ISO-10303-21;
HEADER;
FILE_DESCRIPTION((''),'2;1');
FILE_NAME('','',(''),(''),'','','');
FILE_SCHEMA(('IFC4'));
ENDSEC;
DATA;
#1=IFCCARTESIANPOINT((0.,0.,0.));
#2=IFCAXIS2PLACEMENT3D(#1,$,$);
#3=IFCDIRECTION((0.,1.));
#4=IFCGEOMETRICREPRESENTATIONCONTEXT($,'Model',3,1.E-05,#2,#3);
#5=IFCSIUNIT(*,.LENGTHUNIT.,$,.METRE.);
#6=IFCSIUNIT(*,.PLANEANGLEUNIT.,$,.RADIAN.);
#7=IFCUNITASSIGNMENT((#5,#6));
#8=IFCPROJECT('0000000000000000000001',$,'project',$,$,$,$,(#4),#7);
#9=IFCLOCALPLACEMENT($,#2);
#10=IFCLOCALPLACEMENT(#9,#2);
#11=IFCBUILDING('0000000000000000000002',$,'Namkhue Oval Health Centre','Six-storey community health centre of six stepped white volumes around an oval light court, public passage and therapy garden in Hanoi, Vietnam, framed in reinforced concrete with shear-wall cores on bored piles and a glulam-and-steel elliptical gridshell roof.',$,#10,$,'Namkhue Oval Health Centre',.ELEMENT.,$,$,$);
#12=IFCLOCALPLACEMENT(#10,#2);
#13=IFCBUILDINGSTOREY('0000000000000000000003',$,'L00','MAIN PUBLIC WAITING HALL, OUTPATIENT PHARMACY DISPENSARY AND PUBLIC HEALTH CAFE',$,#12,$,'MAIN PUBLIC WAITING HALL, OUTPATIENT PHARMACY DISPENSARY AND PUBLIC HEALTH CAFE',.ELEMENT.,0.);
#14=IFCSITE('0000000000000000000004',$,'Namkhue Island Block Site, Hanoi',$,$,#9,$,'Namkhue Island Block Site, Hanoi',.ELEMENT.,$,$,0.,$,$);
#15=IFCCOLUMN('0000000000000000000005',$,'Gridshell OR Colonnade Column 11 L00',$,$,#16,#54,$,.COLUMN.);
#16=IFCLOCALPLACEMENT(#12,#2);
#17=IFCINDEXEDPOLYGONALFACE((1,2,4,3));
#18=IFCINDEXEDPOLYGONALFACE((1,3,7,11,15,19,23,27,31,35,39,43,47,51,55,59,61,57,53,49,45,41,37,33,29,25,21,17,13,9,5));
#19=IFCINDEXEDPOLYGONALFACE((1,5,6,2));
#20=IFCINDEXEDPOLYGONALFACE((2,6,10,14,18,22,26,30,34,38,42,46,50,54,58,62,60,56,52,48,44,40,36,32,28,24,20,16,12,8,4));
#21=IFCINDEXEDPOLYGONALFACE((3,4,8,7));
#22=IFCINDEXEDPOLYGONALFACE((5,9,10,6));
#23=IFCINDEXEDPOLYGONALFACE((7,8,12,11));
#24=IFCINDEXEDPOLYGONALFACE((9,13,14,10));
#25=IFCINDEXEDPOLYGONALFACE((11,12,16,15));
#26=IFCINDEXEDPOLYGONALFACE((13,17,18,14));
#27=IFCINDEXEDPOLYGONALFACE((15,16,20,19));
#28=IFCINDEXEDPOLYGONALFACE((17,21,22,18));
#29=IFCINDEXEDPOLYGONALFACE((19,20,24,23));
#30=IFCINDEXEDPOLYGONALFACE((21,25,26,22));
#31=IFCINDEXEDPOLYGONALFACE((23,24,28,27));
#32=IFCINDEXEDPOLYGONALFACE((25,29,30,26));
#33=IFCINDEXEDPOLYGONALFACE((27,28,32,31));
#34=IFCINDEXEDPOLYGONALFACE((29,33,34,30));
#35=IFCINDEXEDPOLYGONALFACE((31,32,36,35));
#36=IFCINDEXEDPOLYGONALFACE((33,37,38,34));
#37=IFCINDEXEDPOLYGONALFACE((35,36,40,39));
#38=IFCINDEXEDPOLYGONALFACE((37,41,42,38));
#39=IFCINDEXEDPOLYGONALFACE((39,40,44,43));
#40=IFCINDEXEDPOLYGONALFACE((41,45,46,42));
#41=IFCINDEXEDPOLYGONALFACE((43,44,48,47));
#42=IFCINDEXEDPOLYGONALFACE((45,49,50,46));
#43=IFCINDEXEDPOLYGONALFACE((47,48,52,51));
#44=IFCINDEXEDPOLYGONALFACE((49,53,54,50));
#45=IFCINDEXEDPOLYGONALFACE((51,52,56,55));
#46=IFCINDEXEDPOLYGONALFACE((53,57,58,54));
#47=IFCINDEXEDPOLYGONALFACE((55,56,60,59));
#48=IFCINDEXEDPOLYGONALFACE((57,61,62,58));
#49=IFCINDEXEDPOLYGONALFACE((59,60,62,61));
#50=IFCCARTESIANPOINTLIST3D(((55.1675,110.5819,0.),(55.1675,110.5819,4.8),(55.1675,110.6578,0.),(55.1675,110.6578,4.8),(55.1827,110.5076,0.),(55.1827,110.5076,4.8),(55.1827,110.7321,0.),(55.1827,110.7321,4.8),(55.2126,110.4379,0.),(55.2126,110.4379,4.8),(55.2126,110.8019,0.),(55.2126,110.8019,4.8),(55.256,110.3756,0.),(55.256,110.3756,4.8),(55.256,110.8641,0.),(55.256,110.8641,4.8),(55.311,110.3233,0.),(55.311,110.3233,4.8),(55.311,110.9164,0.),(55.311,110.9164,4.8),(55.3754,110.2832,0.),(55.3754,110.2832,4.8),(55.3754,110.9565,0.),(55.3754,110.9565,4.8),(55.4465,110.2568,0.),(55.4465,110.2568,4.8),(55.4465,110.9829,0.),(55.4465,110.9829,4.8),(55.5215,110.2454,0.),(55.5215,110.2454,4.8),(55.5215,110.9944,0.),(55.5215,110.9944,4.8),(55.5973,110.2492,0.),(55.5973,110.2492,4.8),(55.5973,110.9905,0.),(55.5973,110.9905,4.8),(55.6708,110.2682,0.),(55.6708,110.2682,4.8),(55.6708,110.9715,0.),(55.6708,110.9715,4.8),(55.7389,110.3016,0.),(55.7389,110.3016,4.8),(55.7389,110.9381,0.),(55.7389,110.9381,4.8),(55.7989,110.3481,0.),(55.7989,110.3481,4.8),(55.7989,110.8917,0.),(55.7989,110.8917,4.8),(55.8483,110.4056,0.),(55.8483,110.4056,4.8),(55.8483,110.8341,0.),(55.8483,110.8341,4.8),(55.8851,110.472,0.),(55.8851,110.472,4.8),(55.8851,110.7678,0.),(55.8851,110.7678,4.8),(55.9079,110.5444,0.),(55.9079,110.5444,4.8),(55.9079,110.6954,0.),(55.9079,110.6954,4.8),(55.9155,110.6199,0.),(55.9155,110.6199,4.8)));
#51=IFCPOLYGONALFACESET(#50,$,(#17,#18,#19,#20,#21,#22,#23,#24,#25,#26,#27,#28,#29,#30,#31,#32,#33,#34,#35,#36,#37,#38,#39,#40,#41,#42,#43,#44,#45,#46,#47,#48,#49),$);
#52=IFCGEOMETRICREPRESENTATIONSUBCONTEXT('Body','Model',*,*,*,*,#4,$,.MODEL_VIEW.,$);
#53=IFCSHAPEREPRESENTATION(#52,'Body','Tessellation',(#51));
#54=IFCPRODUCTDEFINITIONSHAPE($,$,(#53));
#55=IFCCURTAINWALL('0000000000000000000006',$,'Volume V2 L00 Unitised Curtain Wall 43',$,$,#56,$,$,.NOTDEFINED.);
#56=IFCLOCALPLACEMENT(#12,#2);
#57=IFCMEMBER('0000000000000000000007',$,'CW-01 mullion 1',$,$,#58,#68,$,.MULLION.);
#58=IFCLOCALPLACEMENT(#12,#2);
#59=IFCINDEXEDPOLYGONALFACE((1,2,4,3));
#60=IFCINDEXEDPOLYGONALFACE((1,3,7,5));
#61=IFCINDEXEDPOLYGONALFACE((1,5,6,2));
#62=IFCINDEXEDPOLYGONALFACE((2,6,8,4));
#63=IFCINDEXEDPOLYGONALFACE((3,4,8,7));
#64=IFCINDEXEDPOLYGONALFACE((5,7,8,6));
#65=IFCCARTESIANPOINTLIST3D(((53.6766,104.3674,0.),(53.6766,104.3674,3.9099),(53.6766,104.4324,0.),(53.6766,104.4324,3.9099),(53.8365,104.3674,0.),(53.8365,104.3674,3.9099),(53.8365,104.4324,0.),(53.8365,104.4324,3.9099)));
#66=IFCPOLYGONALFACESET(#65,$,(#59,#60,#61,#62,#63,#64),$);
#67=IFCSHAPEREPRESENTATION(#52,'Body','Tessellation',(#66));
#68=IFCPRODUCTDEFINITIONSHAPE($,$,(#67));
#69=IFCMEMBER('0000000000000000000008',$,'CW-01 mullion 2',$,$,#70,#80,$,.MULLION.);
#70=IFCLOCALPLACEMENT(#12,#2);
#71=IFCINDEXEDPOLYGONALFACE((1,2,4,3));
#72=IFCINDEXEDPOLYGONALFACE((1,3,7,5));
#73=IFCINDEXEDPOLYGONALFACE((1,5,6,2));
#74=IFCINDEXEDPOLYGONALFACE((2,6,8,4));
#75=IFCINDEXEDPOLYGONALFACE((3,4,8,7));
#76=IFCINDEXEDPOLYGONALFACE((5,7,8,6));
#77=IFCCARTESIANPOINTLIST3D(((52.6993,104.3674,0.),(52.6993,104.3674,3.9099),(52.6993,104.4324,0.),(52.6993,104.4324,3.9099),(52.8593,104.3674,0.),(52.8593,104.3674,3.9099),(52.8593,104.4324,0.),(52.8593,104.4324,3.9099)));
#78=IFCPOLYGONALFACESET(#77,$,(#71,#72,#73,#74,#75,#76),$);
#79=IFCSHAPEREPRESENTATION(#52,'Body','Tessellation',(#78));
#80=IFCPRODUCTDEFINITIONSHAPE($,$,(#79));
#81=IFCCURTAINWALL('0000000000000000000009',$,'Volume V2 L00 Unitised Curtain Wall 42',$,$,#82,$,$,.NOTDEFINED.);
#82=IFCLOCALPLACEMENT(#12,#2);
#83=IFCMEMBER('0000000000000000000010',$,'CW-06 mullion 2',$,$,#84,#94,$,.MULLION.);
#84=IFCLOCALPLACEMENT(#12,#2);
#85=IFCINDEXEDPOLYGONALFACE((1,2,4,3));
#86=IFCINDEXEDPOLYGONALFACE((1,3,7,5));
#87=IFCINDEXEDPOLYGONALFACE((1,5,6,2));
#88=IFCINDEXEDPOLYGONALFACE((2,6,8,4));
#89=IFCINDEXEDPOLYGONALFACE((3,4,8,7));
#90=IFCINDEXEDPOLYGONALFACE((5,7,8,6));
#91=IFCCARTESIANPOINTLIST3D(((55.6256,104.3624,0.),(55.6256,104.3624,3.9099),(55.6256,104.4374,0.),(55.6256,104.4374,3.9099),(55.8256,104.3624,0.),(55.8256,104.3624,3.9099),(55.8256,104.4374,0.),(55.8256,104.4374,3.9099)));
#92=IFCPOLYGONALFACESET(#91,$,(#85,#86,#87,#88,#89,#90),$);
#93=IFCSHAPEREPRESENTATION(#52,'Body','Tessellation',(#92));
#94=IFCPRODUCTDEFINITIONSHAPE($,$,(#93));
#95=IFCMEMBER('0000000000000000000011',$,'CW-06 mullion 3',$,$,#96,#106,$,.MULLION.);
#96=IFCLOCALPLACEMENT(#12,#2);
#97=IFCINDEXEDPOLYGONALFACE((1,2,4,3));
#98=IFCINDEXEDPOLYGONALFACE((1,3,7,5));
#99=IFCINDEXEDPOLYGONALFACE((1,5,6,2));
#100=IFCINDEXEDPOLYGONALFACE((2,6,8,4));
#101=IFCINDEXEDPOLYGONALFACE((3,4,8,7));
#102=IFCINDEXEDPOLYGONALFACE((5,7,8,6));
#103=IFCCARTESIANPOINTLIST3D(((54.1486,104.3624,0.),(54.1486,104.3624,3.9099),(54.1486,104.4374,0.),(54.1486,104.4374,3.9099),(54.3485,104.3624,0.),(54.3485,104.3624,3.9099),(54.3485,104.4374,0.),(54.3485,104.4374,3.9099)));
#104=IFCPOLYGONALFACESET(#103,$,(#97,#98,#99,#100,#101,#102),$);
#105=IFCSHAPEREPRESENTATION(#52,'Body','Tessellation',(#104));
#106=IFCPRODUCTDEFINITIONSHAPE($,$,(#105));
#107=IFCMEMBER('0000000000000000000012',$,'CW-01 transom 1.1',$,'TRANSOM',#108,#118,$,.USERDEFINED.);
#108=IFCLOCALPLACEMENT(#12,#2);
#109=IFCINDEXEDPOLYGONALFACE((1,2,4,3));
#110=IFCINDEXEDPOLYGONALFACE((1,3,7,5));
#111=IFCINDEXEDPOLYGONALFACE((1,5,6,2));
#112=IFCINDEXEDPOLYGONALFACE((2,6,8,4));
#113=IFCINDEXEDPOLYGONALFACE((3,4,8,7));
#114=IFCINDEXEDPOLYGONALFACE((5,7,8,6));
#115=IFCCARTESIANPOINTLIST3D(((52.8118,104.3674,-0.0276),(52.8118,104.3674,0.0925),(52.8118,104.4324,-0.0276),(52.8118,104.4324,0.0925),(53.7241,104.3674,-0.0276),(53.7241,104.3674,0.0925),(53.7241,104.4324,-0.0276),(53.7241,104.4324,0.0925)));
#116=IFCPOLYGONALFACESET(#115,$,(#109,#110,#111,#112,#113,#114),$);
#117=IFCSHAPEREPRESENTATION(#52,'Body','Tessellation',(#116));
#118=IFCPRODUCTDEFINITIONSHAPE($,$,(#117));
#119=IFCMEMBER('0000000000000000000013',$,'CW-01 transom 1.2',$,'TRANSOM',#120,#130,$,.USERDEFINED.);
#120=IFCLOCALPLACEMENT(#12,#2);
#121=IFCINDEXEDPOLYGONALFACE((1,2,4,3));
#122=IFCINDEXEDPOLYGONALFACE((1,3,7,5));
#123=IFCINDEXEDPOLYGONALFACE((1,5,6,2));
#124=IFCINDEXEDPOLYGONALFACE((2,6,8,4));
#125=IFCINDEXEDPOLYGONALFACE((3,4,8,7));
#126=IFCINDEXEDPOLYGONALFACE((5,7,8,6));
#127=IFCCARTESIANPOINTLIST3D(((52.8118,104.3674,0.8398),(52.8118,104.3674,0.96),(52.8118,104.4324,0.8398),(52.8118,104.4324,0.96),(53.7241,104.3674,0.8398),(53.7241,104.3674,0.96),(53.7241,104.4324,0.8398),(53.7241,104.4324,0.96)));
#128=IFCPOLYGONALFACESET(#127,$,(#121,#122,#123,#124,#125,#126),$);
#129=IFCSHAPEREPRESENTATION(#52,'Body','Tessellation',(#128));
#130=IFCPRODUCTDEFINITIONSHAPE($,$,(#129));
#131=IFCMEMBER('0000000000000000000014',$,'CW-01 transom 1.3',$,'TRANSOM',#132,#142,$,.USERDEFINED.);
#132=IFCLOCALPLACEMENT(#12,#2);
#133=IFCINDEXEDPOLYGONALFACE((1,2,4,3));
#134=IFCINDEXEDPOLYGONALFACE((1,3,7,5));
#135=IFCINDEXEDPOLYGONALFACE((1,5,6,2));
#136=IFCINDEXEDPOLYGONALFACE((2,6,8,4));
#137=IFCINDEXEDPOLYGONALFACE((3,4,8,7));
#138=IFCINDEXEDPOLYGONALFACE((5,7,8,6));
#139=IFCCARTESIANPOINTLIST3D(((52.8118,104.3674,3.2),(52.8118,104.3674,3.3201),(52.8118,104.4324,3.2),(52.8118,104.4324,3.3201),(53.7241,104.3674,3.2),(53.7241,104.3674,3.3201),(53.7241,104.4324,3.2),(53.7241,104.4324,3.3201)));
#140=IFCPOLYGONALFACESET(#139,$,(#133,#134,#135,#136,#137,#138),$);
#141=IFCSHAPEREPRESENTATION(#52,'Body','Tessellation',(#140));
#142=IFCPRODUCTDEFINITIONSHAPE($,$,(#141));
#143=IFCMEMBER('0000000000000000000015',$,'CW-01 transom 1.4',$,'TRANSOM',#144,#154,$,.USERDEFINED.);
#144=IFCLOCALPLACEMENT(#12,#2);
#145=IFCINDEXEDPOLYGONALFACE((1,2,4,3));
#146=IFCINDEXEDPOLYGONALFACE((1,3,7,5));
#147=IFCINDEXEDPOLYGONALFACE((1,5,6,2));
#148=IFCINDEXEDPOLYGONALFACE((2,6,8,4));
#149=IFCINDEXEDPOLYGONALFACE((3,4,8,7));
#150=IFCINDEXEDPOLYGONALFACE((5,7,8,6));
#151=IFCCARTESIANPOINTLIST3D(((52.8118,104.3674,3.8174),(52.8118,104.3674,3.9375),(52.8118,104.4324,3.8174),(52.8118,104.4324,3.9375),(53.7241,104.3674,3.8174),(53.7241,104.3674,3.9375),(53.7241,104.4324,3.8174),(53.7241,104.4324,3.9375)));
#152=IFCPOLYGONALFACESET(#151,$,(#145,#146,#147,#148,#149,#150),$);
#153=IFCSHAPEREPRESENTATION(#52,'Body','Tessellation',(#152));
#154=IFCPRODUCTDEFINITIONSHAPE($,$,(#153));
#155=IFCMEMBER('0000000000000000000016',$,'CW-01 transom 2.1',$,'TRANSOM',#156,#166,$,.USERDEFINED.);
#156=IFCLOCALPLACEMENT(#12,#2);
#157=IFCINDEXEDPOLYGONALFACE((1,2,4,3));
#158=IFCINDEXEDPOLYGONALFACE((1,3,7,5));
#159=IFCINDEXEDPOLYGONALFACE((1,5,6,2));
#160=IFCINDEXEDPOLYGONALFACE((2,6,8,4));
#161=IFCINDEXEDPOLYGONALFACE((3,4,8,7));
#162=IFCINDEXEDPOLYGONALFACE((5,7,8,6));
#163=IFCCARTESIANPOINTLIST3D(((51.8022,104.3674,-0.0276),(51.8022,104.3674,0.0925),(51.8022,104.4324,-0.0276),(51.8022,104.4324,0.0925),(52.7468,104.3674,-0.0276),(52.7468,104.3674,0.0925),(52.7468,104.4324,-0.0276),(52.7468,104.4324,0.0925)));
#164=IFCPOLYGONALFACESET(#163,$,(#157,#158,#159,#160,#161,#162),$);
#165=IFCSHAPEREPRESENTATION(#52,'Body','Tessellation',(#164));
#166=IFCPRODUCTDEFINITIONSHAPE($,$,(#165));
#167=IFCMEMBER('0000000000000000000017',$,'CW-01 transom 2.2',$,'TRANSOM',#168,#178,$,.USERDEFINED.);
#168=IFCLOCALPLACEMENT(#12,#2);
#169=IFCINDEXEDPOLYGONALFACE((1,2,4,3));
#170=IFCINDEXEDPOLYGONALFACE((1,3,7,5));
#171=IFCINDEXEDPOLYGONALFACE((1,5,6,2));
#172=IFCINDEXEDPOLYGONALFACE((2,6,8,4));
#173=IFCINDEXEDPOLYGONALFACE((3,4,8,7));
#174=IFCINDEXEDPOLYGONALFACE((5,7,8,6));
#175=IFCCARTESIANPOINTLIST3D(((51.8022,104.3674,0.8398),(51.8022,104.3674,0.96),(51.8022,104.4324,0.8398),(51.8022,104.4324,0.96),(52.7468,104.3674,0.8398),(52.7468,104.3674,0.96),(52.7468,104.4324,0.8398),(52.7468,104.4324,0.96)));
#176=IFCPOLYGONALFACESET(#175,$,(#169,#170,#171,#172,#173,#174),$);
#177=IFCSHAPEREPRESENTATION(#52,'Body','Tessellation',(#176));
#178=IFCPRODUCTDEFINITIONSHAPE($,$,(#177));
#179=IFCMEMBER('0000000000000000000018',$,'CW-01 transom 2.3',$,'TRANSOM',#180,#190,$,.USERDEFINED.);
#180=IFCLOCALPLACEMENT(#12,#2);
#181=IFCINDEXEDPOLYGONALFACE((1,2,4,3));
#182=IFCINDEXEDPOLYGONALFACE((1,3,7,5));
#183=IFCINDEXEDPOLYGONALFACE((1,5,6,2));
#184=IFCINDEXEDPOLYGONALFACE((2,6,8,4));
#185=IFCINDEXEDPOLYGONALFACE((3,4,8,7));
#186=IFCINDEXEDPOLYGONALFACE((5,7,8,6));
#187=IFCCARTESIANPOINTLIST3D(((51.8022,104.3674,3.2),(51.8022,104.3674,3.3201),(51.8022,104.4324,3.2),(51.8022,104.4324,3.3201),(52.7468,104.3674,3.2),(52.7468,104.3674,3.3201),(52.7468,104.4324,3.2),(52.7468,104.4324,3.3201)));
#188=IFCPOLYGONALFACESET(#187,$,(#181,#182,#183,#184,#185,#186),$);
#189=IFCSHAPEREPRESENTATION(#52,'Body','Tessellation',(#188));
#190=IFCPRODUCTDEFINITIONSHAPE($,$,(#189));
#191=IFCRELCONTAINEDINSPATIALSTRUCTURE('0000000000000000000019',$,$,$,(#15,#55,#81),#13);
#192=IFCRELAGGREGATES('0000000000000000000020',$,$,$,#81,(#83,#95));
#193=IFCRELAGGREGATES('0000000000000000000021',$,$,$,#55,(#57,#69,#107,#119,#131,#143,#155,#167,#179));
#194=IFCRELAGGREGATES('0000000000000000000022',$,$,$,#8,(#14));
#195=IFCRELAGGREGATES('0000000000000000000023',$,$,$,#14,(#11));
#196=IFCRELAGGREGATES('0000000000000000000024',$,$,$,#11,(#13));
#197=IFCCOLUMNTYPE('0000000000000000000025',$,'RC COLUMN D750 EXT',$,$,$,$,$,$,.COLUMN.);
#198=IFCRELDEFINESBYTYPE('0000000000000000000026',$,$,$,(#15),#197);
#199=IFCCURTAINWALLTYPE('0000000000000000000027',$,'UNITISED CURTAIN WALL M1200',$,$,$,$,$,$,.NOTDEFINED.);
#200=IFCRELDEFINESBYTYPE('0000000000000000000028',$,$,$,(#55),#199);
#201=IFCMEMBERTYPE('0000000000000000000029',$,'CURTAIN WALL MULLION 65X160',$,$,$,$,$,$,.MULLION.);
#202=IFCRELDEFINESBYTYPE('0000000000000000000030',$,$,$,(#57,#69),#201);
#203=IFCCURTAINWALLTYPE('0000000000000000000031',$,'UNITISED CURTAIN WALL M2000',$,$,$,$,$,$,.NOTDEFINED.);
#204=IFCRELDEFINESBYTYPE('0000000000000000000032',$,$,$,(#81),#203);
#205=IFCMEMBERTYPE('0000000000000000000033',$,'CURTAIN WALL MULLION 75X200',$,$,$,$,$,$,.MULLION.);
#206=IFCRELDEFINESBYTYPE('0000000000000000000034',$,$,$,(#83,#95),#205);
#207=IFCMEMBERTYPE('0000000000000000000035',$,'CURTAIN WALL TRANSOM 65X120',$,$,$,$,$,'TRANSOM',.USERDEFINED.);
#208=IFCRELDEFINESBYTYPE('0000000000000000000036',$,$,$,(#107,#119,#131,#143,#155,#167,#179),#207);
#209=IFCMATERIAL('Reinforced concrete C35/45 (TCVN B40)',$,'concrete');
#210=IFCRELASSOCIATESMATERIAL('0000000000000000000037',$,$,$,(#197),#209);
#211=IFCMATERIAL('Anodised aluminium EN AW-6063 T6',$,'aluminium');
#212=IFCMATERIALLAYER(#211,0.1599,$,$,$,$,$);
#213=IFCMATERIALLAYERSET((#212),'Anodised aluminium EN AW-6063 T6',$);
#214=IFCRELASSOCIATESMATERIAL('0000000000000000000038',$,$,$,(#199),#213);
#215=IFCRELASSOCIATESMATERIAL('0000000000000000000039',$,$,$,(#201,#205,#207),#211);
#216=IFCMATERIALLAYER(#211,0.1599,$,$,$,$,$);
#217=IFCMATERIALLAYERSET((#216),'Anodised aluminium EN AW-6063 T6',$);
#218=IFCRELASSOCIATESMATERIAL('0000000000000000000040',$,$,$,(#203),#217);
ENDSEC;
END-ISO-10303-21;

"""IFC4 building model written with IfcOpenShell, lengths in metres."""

from ifc_helpers import new_model, si_unit, direction, frame, origin, origin_2d, place, context, subcontext, project, spatial, rectangle, circle, extrude, material, layer, layer_set, material_profile, profile_set, type_object, element, aggregate, save


model = new_model("IFC4")

# Units and contexts
model_context = context("Model", 3, precision=1e-05, world=origin(), true_north=direction((0.0, 1.0)))
body_context = subcontext(model_context, "Body", "Model", "MODEL_VIEW")
ifc_project = project(units=[si_unit("LENGTHUNIT", "METRE"), si_unit("PLANEANGLEUNIT", "RADIAN")], contexts=[model_context])

# Site, building, storey
site_placement = place(None, origin())
site = spatial("IfcSite", under=ifc_project, at=site_placement, Name="Namkhue Island Block Site, Hanoi", LongName="Namkhue Island Block Site, Hanoi", CompositionType="ELEMENT", RefElevation=0.0)
building_placement = place(site_placement, origin())
building = spatial("IfcBuilding", under=site, at=building_placement, Name="Namkhue Oval Health Centre", Description="Six-storey community health centre of six stepped white volumes around an oval light court, public passage and therapy garden in Hanoi, Vietnam, framed in reinforced concrete with shear-wall cores on bored piles and a glulam-and-steel elliptical gridshell roof.", LongName="Namkhue Oval Health Centre", CompositionType="ELEMENT")
storey_placement = place(building_placement, origin())
storey = spatial("IfcBuildingStorey", under=building, at=storey_placement, Name="L00", Description="MAIN PUBLIC WAITING HALL, OUTPATIENT PHARMACY DISPENSARY AND PUBLIC HEALTH CAFE", LongName="MAIN PUBLIC WAITING HALL, OUTPATIENT PHARMACY DISPENSARY AND PUBLIC HEALTH CAFE", CompositionType="ELEMENT", Elevation=0.0)

# Column
ifc_material_1 = material(Name="Reinforced concrete C35/45 (TCVN B40)", Category="concrete")
ifc_material_profile_1 = material_profile(ifc_material_1, circle(Radius=0.375, at=origin_2d()), Name="RC D750")
ifc_profile_set_1 = profile_set([ifc_material_profile_1], Name="Reinforced concrete C35/45 (TCVN B40)")
column_type_1 = type_object("IfcColumnType", Name="RC COLUMN D750 EXT", PredefinedType="COLUMN", material=ifc_profile_set_1)
column_1_placement = place(storey_placement, frame((55.5405, 110.6199, 0.0), z_axis=(0.0, 0.0, 1.0), x_axis=(1.0, 0.0, 0.0)))
element("IfcColumn", 1, at=column_1_placement, inside=storey, type_object=column_type_1, Name="Gridshell OR Colonnade Column 11 L00", PredefinedType="COLUMN", context=body_context, shape_type="SweptSolid", body=[
    extrude(circle(Radius=0.375, at=origin_2d()), origin(), (0.0, 0.0, 1.0), 4.8),
])

# Curtain walls, members
ifc_material_2 = material(Name="Anodised aluminium EN AW-6063 T6", Category="aluminium")
ifc_layer_1 = layer(ifc_material_2, 0.1599)
ifc_layer_set_1 = layer_set([ifc_layer_1], Name="Anodised aluminium EN AW-6063 T6")
curtain_wall_type_1 = type_object("IfcCurtainWallType", Name="UNITISED CURTAIN WALL M1200", PredefinedType="NOTDEFINED", material=ifc_layer_set_1)
curtain_wall_1_placement = place(storey_placement, origin())
curtain_wall_1 = element("IfcCurtainWall", 2, at=curtain_wall_1_placement, inside=storey, type_object=curtain_wall_type_1, Name="Volume V2 L00 Unitised Curtain Wall 43", PredefinedType="NOTDEFINED")
ifc_material_profile_2 = material_profile(ifc_material_2, rectangle(XDim=0.0649, YDim=0.1599, at=origin_2d()), Name="ALU 65x160")
ifc_profile_set_2 = profile_set([ifc_material_profile_2], Name="Anodised aluminium EN AW-6063 T6")
member_type_1 = type_object("IfcMemberType", Name="CURTAIN WALL MULLION 65X160", PredefinedType="MULLION", material=ifc_profile_set_2)
member_1_placement = place(storey_placement, frame((53.7566, 104.3999, 0.0), z_axis=(0.0, 0.0, 1.0), x_axis=(0.0, -1.0, 0.0)))
member_1 = element("IfcMember", 3, at=member_1_placement, type_object=member_type_1, Name="CW-01 mullion 1", PredefinedType="MULLION", context=body_context, shape_type="SweptSolid", body=[
    extrude(rectangle(XDim=0.0649, YDim=0.1599, at=origin_2d()), origin(), (0.0, 0.0, 1.0), 3.9099),
])
member_2_placement = place(storey_placement, frame((52.7793, 104.3999, 0.0), z_axis=(0.0, 0.0, 1.0), x_axis=(0.0, -1.0, 0.0)))
member_2 = element("IfcMember", 4, at=member_2_placement, type_object=member_type_1, Name="CW-01 mullion 2", PredefinedType="MULLION", context=body_context, shape_type="SweptSolid", body=[
    extrude(rectangle(XDim=0.0649, YDim=0.1599, at=origin_2d()), origin(), (0.0, 0.0, 1.0), 3.9099),
])
ifc_layer_2 = layer(ifc_material_2, 0.1599)
ifc_layer_set_2 = layer_set([ifc_layer_2], Name="Anodised aluminium EN AW-6063 T6")
curtain_wall_type_2 = type_object("IfcCurtainWallType", Name="UNITISED CURTAIN WALL M2000", PredefinedType="NOTDEFINED", material=ifc_layer_set_2)
curtain_wall_2_placement = place(storey_placement, origin())
curtain_wall_2 = element("IfcCurtainWall", 5, at=curtain_wall_2_placement, inside=storey, type_object=curtain_wall_type_2, Name="Volume V2 L00 Unitised Curtain Wall 42", PredefinedType="NOTDEFINED")
ifc_material_profile_3 = material_profile(ifc_material_2, rectangle(XDim=0.075, YDim=0.2, at=origin_2d()), Name="ALU 75x200")
ifc_profile_set_3 = profile_set([ifc_material_profile_3], Name="Anodised aluminium EN AW-6063 T6")
member_type_2 = type_object("IfcMemberType", Name="CURTAIN WALL MULLION 75X200", PredefinedType="MULLION", material=ifc_profile_set_3)
member_3_placement = place(storey_placement, frame((55.7256, 104.3999, 0.0), z_axis=(0.0, 0.0, 1.0), x_axis=(0.0, -1.0, 0.0)))
member_3 = element("IfcMember", 6, at=member_3_placement, type_object=member_type_2, Name="CW-06 mullion 2", PredefinedType="MULLION", context=body_context, shape_type="SweptSolid", body=[
    extrude(rectangle(XDim=0.075, YDim=0.2, at=origin_2d()), origin(), (0.0, 0.0, 1.0), 3.9099),
])
member_4_placement = place(storey_placement, frame((54.2485, 104.3999, 0.0), z_axis=(0.0, 0.0, 1.0), x_axis=(0.0, -1.0, 0.0)))
member_4 = element("IfcMember", 7, at=member_4_placement, type_object=member_type_2, Name="CW-06 mullion 3", PredefinedType="MULLION", context=body_context, shape_type="SweptSolid", body=[
    extrude(rectangle(XDim=0.075, YDim=0.2, at=origin_2d()), origin(), (0.0, 0.0, 1.0), 3.9099),
])

# Members
ifc_material_profile_4 = material_profile(ifc_material_2, rectangle(XDim=0.0649, YDim=0.1201, at=origin_2d()), Name="ALU 65x120")
ifc_profile_set_4 = profile_set([ifc_material_profile_4], Name="Anodised aluminium EN AW-6063 T6")
member_type_3 = type_object("IfcMemberType", Name="CURTAIN WALL TRANSOM 65X120", ElementType="TRANSOM", PredefinedType="USERDEFINED", material=ifc_profile_set_4)
member_5_placement = place(storey_placement, frame((53.7241, 104.3999, 0.0325), z_axis=(-1.0, 0.0, 0.0), x_axis=(0.0, -1.0, 0.0)))
member_5 = element("IfcMember", 8, at=member_5_placement, type_object=member_type_3, Name="CW-01 transom 1.1", ObjectType="TRANSOM", PredefinedType="USERDEFINED", context=body_context, shape_type="SweptSolid", body=[
    extrude(rectangle(XDim=0.0649, YDim=0.1201, at=origin_2d()), origin(), (0.0, 0.0, 1.0), 0.9124),
])
member_6_placement = place(storey_placement, frame((53.7241, 104.3999, 0.8999), z_axis=(-1.0, 0.0, 0.0), x_axis=(0.0, -1.0, 0.0)))
member_6 = element("IfcMember", 9, at=member_6_placement, type_object=member_type_3, Name="CW-01 transom 1.2", ObjectType="TRANSOM", PredefinedType="USERDEFINED", context=body_context, shape_type="SweptSolid", body=[
    extrude(rectangle(XDim=0.0649, YDim=0.1201, at=origin_2d()), origin(), (0.0, 0.0, 1.0), 0.9124),
])
member_7_placement = place(storey_placement, frame((53.7241, 104.3999, 3.26), z_axis=(-1.0, 0.0, 0.0), x_axis=(0.0, -1.0, 0.0)))
member_7 = element("IfcMember", 10, at=member_7_placement, type_object=member_type_3, Name="CW-01 transom 1.3", ObjectType="TRANSOM", PredefinedType="USERDEFINED", context=body_context, shape_type="SweptSolid", body=[
    extrude(rectangle(XDim=0.0649, YDim=0.1201, at=origin_2d()), origin(), (0.0, 0.0, 1.0), 0.9124),
])
member_8_placement = place(storey_placement, frame((53.7241, 104.3999, 3.8774), z_axis=(-1.0, 0.0, 0.0), x_axis=(0.0, -1.0, 0.0)))
member_8 = element("IfcMember", 11, at=member_8_placement, type_object=member_type_3, Name="CW-01 transom 1.4", ObjectType="TRANSOM", PredefinedType="USERDEFINED", context=body_context, shape_type="SweptSolid", body=[
    extrude(rectangle(XDim=0.0649, YDim=0.1201, at=origin_2d()), origin(), (0.0, 0.0, 1.0), 0.9124),
])
member_9_placement = place(storey_placement, frame((52.7468, 104.3999, 0.0325), z_axis=(-1.0, 0.0, 0.0), x_axis=(0.0, -1.0, 0.0)))
member_9 = element("IfcMember", 12, at=member_9_placement, type_object=member_type_3, Name="CW-01 transom 2.1", ObjectType="TRANSOM", PredefinedType="USERDEFINED", context=body_context, shape_type="SweptSolid", body=[
    extrude(rectangle(XDim=0.0649, YDim=0.1201, at=origin_2d()), origin(), (0.0, 0.0, 1.0), 0.9446),
])
member_10_placement = place(storey_placement, frame((52.7468, 104.3999, 0.8999), z_axis=(-1.0, 0.0, 0.0), x_axis=(0.0, -1.0, 0.0)))
member_10 = element("IfcMember", 13, at=member_10_placement, type_object=member_type_3, Name="CW-01 transom 2.2", ObjectType="TRANSOM", PredefinedType="USERDEFINED", context=body_context, shape_type="SweptSolid", body=[
    extrude(rectangle(XDim=0.0649, YDim=0.1201, at=origin_2d()), origin(), (0.0, 0.0, 1.0), 0.9446),
])
member_11_placement = place(storey_placement, frame((52.7468, 104.3999, 3.26), z_axis=(-1.0, 0.0, 0.0), x_axis=(0.0, -1.0, 0.0)))
member_11 = element("IfcMember", 14, at=member_11_placement, type_object=member_type_3, Name="CW-01 transom 2.3", ObjectType="TRANSOM", PredefinedType="USERDEFINED", context=body_context, shape_type="SweptSolid", body=[
    extrude(rectangle(XDim=0.0649, YDim=0.1201, at=origin_2d()), origin(), (0.0, 0.0, 1.0), 0.9446),
])

aggregate(curtain_wall_2, [member_3, member_4])
aggregate(curtain_wall_1, [member_1, member_2, member_5, member_6, member_7, member_8, member_9, member_10, member_11])

save(model, "model.ifc")
